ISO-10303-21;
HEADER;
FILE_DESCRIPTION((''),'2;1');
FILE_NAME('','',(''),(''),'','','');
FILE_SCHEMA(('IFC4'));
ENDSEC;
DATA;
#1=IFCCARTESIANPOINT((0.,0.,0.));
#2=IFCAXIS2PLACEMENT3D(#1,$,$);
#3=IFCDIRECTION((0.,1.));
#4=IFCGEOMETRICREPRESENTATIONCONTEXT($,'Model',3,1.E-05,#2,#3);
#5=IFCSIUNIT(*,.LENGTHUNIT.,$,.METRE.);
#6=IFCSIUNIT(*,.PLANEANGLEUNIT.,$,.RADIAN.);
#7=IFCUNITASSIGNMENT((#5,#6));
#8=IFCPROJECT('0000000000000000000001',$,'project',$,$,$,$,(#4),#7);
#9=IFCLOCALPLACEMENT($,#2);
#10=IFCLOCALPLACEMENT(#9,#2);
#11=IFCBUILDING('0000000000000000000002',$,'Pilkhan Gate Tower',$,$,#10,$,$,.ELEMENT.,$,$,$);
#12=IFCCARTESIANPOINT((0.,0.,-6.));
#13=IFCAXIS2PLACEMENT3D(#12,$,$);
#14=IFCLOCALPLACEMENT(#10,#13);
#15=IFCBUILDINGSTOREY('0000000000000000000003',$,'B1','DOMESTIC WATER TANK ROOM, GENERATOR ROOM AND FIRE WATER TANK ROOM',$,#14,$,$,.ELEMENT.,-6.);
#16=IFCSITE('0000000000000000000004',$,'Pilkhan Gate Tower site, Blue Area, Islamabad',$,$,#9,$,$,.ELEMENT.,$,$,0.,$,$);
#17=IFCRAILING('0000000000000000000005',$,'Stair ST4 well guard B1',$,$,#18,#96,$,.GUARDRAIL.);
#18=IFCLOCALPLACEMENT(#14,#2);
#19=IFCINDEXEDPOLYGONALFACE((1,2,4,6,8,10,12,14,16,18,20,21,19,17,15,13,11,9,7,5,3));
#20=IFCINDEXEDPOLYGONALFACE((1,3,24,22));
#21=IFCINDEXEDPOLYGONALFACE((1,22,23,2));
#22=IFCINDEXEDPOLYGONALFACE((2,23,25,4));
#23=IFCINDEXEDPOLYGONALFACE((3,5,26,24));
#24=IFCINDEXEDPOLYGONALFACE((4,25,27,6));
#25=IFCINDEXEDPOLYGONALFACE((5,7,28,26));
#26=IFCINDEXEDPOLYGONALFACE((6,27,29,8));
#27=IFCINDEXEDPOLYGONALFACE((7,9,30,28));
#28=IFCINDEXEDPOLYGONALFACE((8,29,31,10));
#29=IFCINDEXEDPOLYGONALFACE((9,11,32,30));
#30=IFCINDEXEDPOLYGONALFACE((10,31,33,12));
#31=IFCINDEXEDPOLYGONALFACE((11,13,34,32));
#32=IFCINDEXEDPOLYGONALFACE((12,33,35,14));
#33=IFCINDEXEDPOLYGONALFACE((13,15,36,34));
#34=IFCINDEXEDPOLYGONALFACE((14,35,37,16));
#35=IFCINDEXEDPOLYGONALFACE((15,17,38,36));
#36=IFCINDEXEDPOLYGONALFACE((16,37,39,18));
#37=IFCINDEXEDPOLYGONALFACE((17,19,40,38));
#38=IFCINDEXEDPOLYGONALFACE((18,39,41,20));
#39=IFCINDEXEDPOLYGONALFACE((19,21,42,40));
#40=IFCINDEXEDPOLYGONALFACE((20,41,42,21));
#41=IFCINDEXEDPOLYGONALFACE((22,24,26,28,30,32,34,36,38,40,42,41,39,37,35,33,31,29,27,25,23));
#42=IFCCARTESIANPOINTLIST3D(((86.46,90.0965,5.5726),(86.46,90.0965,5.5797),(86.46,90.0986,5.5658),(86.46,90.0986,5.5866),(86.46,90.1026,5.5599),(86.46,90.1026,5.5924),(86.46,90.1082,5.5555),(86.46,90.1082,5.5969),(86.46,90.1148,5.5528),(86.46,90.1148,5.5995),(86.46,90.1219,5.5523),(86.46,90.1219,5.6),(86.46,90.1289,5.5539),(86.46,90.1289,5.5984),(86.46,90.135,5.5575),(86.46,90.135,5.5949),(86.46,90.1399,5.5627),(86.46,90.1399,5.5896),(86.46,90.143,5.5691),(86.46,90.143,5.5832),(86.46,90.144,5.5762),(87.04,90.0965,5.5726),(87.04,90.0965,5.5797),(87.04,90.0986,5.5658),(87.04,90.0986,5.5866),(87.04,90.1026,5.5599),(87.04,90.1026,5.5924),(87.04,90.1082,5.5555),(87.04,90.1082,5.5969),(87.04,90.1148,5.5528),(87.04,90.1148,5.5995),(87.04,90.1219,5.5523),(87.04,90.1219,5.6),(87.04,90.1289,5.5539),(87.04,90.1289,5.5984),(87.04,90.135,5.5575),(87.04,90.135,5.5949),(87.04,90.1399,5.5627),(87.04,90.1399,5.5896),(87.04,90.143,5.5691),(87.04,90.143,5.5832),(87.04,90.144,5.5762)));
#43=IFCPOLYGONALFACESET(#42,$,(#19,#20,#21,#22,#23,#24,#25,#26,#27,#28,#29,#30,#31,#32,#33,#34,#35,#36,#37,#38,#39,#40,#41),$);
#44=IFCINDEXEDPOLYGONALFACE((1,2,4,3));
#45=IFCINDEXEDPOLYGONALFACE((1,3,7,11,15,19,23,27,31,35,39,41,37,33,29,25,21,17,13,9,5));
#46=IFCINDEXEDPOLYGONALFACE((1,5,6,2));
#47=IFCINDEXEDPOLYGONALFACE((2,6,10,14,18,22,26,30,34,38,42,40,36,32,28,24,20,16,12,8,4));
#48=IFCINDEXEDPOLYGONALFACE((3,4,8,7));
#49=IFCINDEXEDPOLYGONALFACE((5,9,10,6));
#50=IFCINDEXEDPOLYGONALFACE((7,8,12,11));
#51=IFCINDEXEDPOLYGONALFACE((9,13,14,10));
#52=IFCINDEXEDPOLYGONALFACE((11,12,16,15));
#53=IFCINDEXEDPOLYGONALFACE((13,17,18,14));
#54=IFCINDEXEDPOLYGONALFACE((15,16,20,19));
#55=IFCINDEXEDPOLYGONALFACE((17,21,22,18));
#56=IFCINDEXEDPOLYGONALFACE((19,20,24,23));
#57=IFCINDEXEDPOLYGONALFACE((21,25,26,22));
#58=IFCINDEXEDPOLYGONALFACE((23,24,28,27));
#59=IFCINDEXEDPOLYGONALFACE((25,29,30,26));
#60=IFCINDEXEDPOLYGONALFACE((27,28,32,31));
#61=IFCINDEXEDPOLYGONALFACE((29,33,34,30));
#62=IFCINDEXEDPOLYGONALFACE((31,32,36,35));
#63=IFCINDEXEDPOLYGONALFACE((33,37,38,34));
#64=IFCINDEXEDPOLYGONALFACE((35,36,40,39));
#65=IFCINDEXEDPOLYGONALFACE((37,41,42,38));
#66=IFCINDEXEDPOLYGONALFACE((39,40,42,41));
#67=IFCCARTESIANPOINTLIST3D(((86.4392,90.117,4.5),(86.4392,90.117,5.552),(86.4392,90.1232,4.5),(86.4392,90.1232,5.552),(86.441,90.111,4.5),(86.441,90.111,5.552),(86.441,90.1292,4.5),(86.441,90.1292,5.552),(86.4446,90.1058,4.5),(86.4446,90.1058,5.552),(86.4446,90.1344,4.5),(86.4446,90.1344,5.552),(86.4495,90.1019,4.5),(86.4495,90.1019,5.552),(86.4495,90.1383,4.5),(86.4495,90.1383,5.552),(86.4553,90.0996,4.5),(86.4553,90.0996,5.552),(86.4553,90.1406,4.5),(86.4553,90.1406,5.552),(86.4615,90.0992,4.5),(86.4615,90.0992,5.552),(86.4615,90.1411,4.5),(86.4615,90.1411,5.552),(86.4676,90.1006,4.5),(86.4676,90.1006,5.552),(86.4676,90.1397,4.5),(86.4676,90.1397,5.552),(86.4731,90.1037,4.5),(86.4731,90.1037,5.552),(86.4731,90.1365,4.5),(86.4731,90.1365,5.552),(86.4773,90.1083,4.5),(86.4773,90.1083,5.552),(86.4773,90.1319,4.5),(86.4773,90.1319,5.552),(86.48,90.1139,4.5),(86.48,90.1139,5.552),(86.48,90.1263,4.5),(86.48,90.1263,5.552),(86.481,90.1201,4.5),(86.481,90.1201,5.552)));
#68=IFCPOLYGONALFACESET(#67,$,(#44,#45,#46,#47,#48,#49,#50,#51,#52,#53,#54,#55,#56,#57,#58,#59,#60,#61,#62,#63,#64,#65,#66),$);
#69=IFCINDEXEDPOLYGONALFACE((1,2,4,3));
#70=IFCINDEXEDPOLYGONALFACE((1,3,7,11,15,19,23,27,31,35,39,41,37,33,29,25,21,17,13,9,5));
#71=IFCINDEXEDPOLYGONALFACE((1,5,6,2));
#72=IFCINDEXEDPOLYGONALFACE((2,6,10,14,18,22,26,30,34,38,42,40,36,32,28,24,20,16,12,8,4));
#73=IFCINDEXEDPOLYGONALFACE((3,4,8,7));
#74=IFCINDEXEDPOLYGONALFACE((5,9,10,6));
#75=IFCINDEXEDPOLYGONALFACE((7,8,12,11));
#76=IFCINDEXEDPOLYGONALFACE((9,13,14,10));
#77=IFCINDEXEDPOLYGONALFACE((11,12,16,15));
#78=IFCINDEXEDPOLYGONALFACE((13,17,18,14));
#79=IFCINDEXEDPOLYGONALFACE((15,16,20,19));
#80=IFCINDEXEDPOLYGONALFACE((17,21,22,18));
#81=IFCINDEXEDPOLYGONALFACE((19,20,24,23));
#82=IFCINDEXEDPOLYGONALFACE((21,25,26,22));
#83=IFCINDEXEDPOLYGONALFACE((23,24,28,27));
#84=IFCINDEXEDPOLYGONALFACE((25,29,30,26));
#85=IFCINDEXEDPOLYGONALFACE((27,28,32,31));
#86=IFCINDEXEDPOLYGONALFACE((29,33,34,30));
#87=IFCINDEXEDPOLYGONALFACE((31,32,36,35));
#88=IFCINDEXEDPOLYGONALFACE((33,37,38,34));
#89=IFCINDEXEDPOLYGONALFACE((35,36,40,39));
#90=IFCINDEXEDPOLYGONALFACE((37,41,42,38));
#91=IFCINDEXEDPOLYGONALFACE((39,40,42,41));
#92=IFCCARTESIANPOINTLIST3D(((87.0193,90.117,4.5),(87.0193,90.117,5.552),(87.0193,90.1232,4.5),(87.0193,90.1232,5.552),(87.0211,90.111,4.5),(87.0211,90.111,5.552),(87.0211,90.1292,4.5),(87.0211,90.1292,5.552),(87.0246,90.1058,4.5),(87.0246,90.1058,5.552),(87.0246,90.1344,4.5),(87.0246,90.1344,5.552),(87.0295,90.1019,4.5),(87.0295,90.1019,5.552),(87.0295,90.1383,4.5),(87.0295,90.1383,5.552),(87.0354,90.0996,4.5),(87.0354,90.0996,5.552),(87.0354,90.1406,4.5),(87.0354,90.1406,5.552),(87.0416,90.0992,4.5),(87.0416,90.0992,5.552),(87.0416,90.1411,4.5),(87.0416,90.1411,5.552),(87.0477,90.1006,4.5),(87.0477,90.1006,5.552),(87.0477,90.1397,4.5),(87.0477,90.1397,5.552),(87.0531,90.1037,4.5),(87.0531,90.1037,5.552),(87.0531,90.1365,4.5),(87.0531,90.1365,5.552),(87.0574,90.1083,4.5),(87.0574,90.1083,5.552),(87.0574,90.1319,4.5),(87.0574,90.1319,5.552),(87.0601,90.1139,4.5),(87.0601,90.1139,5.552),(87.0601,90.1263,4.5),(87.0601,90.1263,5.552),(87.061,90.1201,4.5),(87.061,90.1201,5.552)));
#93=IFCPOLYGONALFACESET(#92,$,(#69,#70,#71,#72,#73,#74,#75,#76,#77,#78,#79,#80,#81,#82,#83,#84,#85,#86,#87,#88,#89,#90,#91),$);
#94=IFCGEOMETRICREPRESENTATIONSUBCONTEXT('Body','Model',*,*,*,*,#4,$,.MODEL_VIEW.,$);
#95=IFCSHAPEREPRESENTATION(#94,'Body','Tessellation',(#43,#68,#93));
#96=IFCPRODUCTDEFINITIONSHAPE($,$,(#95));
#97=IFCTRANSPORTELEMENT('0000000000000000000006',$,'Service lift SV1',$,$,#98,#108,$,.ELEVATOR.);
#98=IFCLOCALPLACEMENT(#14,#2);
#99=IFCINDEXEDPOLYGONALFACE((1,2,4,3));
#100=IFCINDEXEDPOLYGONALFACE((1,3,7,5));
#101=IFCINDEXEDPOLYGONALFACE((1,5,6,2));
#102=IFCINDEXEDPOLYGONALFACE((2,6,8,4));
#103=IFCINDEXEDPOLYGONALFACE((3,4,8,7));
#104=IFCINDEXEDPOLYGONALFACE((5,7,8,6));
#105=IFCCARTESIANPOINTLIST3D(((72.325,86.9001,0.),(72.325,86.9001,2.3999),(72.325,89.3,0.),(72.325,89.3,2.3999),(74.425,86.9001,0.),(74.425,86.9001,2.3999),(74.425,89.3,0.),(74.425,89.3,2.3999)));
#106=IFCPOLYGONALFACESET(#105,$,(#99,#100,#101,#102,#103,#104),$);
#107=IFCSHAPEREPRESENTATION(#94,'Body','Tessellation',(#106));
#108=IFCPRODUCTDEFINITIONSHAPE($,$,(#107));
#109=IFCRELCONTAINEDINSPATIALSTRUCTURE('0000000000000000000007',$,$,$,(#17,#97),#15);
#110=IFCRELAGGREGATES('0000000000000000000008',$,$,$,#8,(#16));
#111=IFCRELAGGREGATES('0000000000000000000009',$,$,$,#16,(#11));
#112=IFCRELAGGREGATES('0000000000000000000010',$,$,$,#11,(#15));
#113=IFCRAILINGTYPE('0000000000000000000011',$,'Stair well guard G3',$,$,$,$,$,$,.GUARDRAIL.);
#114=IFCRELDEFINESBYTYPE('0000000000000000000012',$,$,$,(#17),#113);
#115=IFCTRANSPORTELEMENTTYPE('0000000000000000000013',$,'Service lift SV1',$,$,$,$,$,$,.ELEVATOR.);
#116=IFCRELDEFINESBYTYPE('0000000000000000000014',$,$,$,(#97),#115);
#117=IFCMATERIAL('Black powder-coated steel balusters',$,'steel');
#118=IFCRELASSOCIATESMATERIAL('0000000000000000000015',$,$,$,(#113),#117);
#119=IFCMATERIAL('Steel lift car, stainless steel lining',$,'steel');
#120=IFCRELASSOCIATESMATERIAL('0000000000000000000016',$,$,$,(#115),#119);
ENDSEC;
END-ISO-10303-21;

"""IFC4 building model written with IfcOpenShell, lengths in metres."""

from ifc_helpers import new_model, si_unit, direction, frame, origin, origin_2d, place, context, subcontext, project, spatial, rectangle, circle, extrude, material, type_object, element, save


model = new_model("IFC4")

# Units and contexts
model_context = context("Model", 3, precision=1e-05, world=origin(), true_north=direction((0.0, 1.0)))
body_context = subcontext(model_context, "Body", "Model", "MODEL_VIEW")
ifc_project = project(units=[si_unit("LENGTHUNIT", "METRE"), si_unit("PLANEANGLEUNIT", "RADIAN")], contexts=[model_context])

# Site, building, storey
site_placement = place(None, origin())
site = spatial("IfcSite", under=ifc_project, at=site_placement, Name="Pilkhan Gate Tower site, Blue Area, Islamabad", CompositionType="ELEMENT", RefElevation=0.0)
building_placement = place(site_placement, origin())
building = spatial("IfcBuilding", under=site, at=building_placement, Name="Pilkhan Gate Tower", CompositionType="ELEMENT")
storey_placement = place(building_placement, frame((0.0, 0.0, -6.0)))
storey = spatial("IfcBuildingStorey", under=building, at=storey_placement, Name="B1", Description="DOMESTIC WATER TANK ROOM, GENERATOR ROOM AND FIRE WATER TANK ROOM", CompositionType="ELEMENT", Elevation=-6.0)

# Railing
ifc_material_1 = material(Name="Black powder-coated steel balusters", Category="steel")
railing_type_1 = type_object("IfcRailingType", Name="Stair well guard G3", PredefinedType="GUARDRAIL", material=ifc_material_1)
for number, where, name in (
    (1, (86.46, 90.1201, 4.5), "Stair ST4 well guard B1"),
):
    element("IfcRailing", number, at=place(storey_placement, frame(where)), inside=storey, type_object=railing_type_1, Name=name, PredefinedType="GUARDRAIL", context=body_context, shape_type="SweptSolid", body=[
        extrude(circle(Radius=0.0239, at=origin_2d()), frame((0.0, 0.0, 1.0762), z_axis=(1.0, 0.0, 0.0), x_axis=(0.0, 1.0, 0.0)), (0.0, 0.0, 1.0), 0.5801),
        extrude(circle(Radius=0.021, at=origin_2d()), origin(), (0.0, 0.0, 1.0), 1.052),
        extrude(circle(Radius=0.021, at=origin_2d()), frame((0.5801, 0.0, 0.0)), (0.0, 0.0, 1.0), 1.052),
    ])

# Transport element
ifc_material_2 = material(Name="Steel lift car, stainless steel lining", Category="steel")
transport_element_type = type_object("IfcTransportElementType", Name="Service lift SV1", PredefinedType="ELEVATOR", material=ifc_material_2)
transport_element_placement = place(storey_placement, frame((73.375, 88.1001, 0.0), z_axis=(0.0, 0.0, 1.0), x_axis=(1.0, 0.0, 0.0)))
element("IfcTransportElement", 2, at=transport_element_placement, inside=storey, type_object=transport_element_type, Name="Service lift SV1", PredefinedType="ELEVATOR", context=body_context, shape_type="SweptSolid", body=[
    extrude(rectangle(XDim=2.1001, YDim=2.3999, at=origin_2d()), origin(), (0.0, 0.0, 1.0), 2.3999),
])

save(model, "model.ifc")
